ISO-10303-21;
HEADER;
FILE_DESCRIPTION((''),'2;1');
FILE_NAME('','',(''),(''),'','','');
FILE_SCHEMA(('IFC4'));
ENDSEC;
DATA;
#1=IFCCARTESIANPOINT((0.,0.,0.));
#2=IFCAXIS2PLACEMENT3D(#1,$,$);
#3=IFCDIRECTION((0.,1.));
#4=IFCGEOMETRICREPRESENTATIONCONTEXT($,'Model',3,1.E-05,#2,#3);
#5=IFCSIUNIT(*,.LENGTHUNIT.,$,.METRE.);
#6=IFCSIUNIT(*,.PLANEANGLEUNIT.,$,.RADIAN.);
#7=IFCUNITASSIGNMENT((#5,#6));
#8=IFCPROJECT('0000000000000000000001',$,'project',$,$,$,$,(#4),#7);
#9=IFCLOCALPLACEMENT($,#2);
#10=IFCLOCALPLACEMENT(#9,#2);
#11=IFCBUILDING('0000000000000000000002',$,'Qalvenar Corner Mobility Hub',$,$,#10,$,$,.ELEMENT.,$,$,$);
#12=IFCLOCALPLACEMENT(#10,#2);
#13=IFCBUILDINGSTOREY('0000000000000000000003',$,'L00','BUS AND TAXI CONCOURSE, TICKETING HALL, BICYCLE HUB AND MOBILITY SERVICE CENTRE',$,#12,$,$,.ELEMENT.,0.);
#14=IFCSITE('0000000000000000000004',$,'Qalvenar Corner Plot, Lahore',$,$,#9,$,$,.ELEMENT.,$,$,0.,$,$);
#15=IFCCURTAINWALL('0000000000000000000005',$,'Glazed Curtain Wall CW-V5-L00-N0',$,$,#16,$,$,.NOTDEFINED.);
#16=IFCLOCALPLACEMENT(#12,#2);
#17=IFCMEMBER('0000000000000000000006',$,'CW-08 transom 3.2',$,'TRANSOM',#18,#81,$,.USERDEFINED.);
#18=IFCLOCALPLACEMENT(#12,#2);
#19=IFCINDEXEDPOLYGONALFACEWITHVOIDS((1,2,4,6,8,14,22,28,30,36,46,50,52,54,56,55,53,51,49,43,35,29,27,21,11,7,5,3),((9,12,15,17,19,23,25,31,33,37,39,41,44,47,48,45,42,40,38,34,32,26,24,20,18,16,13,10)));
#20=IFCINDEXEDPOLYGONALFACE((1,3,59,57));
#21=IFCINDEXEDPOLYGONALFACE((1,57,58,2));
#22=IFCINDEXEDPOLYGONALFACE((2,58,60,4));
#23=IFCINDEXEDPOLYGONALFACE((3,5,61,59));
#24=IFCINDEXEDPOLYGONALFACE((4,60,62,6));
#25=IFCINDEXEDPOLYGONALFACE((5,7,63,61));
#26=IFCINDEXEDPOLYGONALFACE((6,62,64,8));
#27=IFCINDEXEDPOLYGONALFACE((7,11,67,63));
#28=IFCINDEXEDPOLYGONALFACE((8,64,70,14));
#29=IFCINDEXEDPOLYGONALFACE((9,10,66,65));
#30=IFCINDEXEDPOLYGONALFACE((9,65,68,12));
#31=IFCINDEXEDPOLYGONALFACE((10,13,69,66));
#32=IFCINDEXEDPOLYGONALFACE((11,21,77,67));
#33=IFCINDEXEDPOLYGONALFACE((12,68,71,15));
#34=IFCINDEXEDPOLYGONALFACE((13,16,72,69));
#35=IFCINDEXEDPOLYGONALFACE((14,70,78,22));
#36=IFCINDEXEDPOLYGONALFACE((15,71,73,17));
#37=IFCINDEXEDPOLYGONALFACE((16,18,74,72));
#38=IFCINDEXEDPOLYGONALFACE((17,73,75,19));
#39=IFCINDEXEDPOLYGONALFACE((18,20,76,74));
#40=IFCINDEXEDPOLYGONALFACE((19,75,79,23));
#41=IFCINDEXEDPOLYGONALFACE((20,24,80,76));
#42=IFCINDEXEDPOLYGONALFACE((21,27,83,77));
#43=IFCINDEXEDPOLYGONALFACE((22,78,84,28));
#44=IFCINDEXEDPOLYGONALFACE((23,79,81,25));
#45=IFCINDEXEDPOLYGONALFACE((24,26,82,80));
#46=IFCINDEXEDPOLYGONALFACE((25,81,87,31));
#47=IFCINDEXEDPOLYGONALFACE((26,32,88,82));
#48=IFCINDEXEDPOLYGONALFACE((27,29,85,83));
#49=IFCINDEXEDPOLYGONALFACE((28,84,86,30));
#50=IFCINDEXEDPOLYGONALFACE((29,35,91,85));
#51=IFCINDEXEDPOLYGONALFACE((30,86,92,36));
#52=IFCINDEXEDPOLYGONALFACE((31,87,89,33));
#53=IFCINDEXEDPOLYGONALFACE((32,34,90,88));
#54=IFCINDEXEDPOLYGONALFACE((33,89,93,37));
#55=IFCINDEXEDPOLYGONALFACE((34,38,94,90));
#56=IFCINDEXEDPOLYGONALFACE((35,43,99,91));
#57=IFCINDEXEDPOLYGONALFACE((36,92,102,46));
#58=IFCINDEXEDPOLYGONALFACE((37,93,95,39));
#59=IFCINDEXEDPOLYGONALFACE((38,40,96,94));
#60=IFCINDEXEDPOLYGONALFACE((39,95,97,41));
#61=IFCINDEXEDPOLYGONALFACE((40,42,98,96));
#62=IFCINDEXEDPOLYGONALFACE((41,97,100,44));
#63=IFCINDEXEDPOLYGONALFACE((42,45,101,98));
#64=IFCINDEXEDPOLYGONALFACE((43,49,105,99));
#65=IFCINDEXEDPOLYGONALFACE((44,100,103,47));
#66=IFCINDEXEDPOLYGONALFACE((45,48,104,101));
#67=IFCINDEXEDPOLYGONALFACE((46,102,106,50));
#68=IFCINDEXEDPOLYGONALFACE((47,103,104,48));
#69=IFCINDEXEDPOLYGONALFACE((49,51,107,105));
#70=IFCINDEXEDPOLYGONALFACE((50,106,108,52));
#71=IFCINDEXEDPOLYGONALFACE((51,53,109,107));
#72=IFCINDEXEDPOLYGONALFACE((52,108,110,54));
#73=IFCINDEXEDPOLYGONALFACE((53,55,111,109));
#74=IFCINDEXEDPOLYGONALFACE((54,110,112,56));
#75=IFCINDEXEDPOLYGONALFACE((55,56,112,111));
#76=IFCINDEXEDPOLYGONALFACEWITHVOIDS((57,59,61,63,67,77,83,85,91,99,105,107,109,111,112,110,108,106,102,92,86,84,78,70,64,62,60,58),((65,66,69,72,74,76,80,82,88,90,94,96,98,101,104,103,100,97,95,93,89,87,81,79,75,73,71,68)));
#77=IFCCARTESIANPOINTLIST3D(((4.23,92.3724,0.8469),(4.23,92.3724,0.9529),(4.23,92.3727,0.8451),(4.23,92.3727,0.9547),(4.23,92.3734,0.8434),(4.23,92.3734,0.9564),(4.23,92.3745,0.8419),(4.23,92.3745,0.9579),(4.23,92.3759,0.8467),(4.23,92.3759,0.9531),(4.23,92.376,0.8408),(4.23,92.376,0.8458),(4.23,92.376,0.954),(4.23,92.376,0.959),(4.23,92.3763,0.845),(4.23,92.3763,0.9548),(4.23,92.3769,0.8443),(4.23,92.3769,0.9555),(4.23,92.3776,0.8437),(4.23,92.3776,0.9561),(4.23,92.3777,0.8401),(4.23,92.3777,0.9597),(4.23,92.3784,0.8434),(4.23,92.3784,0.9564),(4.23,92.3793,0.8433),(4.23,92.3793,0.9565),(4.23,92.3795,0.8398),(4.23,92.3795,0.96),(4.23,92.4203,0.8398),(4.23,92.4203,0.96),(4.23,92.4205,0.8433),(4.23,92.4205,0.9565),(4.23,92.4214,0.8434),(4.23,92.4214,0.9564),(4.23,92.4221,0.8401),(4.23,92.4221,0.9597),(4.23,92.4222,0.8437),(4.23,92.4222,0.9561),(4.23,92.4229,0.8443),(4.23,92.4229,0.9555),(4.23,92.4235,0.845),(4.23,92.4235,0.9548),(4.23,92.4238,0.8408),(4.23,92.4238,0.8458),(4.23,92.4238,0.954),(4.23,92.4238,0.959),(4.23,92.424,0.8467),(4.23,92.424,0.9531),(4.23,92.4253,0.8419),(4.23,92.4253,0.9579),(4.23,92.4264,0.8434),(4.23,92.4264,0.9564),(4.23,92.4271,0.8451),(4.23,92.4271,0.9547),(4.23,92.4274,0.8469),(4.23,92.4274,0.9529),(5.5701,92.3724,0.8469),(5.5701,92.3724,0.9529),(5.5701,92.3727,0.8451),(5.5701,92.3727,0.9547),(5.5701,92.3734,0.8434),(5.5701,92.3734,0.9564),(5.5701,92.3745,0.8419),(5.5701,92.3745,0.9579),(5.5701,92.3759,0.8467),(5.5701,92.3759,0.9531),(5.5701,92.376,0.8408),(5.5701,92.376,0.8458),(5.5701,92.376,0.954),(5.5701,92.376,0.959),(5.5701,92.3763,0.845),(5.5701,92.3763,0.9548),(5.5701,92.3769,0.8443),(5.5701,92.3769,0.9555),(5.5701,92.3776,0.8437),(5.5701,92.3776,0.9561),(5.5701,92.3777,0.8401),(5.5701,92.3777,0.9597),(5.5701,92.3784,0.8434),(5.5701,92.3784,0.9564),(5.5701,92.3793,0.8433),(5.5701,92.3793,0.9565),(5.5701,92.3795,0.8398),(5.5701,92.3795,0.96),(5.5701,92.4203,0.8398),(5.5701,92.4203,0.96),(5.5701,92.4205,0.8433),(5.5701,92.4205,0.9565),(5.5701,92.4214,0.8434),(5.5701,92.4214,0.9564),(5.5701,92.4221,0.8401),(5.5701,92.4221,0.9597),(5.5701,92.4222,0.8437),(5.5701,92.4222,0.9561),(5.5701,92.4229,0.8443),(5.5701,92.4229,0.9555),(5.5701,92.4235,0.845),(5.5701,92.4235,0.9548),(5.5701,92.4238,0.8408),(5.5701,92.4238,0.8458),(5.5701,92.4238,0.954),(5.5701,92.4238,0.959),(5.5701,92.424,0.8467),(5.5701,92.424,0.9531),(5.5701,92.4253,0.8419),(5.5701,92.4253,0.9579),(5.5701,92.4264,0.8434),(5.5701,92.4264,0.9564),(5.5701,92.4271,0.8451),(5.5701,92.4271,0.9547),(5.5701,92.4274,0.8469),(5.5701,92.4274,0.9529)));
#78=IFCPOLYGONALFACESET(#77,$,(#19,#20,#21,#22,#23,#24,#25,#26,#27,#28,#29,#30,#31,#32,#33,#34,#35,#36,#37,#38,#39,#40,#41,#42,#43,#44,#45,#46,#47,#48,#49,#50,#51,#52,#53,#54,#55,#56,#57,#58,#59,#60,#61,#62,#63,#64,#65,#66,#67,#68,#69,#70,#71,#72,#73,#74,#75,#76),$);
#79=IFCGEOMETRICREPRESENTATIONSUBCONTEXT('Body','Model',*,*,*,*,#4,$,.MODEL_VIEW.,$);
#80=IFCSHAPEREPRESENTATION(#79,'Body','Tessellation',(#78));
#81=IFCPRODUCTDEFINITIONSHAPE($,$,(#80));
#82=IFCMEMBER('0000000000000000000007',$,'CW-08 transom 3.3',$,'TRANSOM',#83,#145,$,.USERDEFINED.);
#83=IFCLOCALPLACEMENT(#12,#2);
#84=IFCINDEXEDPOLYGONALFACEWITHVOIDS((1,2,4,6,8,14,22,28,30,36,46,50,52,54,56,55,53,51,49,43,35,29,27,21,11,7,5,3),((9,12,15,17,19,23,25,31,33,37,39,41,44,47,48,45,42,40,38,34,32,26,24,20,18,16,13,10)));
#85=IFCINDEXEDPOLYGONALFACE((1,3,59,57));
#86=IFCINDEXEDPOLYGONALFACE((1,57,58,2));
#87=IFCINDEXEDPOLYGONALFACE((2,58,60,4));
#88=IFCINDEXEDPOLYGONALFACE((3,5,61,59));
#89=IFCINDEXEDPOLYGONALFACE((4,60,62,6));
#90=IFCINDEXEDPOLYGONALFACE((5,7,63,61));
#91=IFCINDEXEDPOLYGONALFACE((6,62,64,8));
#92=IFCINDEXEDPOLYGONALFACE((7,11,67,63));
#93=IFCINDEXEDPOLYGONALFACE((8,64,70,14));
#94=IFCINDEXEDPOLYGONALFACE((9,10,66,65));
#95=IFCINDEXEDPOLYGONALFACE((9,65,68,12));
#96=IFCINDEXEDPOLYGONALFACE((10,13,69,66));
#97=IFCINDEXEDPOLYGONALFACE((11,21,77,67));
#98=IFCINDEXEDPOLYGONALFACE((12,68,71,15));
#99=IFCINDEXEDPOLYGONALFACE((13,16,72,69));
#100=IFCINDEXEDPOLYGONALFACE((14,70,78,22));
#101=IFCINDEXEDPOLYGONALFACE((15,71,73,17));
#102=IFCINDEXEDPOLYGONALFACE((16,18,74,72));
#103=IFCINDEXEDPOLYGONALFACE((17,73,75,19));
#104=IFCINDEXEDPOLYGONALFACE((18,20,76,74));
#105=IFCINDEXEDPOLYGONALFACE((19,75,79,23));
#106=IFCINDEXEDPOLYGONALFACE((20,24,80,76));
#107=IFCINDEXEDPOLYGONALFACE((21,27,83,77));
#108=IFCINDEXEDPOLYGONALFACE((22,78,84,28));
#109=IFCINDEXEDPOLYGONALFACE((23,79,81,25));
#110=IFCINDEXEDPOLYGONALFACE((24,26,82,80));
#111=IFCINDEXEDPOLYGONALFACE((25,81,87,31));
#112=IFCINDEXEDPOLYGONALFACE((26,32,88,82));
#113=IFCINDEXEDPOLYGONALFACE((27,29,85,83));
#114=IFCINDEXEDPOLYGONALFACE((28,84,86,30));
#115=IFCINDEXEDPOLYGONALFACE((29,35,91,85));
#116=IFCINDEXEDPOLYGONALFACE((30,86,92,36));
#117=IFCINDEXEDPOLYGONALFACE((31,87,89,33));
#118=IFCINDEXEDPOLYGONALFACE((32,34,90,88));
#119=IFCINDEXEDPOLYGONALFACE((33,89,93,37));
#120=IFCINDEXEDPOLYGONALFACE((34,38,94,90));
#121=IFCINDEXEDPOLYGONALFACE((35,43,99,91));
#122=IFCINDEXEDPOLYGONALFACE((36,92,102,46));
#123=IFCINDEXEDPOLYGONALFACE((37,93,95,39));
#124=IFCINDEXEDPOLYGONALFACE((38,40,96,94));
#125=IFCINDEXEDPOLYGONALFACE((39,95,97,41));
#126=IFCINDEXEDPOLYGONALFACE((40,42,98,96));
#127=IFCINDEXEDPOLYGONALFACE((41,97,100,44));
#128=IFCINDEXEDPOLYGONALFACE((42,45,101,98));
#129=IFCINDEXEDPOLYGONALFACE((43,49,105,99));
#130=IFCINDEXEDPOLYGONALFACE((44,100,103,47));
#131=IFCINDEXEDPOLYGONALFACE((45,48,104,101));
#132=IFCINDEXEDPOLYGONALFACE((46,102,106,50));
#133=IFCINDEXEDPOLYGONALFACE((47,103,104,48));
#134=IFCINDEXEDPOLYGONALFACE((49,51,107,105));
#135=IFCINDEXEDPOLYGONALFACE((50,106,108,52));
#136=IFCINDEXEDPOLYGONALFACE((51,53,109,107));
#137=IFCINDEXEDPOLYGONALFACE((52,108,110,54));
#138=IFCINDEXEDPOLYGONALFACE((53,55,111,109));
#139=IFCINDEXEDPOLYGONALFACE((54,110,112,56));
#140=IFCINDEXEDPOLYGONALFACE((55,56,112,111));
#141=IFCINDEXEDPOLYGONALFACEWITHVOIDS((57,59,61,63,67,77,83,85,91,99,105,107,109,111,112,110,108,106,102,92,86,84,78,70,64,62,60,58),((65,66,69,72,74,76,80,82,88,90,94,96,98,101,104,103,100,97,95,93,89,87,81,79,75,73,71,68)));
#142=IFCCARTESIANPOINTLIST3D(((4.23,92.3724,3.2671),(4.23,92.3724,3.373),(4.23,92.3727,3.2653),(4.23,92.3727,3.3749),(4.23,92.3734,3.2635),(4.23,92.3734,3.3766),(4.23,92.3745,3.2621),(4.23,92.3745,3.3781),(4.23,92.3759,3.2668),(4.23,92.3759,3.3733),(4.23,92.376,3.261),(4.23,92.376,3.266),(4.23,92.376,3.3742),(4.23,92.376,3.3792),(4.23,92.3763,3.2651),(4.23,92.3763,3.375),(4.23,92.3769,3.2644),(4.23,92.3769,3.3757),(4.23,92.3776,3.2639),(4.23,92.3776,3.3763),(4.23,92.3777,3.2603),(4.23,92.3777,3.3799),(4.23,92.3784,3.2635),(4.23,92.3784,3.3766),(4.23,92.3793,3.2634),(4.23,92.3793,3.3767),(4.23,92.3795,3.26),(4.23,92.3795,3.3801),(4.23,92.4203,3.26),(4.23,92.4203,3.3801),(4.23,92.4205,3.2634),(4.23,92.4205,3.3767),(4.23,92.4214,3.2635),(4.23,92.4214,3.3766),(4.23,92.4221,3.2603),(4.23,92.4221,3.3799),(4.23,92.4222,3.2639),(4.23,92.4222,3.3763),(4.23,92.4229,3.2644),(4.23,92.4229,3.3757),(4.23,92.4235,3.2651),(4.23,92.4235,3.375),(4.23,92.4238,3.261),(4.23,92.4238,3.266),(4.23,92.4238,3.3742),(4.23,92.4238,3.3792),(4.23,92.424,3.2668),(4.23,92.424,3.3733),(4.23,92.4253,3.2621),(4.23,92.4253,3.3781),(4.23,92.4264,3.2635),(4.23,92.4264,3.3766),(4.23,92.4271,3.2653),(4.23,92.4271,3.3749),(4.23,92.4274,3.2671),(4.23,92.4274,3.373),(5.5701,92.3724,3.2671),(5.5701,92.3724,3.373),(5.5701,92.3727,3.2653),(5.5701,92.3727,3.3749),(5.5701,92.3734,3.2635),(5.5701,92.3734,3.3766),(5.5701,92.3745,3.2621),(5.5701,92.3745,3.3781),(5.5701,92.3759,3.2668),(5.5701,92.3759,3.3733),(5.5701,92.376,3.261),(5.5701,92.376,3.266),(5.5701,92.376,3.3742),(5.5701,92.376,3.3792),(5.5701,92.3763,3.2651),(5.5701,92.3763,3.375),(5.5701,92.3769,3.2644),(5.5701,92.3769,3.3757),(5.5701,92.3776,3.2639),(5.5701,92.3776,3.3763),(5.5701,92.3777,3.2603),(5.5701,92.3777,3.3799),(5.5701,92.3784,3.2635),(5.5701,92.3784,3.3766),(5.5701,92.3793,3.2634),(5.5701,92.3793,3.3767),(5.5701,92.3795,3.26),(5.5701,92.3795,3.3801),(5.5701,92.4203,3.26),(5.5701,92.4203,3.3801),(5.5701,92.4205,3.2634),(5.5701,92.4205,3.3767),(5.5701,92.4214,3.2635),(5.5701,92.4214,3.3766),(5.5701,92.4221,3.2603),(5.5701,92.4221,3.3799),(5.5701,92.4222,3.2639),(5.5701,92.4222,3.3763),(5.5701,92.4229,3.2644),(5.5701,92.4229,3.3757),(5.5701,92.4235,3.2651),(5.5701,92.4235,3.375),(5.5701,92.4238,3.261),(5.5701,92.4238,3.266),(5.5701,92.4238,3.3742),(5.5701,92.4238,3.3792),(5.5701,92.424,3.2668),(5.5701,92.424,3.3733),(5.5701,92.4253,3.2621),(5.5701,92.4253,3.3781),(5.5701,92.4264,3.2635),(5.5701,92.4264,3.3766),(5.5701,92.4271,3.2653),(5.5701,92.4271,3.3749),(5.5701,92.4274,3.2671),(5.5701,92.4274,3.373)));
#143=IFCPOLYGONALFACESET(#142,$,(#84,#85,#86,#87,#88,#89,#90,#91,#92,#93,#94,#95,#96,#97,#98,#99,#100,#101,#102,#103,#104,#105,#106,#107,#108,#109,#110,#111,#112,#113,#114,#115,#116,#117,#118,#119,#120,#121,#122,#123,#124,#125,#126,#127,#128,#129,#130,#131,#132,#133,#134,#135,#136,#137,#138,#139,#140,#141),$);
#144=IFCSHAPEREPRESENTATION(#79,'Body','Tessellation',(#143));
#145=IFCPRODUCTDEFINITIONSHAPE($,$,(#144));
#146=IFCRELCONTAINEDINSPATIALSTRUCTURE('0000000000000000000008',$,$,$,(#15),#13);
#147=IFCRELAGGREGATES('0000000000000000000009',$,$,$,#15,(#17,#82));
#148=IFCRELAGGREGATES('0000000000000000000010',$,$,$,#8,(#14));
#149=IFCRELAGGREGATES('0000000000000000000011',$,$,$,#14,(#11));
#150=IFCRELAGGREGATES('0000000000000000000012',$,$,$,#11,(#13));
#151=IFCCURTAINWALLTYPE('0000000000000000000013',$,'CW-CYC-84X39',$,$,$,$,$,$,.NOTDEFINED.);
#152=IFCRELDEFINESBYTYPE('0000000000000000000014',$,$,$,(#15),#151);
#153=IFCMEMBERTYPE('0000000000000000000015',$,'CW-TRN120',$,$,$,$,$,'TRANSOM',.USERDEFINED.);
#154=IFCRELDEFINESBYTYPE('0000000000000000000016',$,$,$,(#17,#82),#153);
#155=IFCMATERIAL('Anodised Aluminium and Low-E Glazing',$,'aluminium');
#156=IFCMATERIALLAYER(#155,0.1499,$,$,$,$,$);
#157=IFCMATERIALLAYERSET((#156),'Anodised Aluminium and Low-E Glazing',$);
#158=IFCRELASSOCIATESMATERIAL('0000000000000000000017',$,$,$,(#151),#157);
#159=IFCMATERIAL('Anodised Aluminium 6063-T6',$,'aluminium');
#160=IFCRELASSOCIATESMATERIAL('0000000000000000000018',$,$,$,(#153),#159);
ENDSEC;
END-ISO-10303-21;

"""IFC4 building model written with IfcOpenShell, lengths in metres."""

from ifc_helpers import new_model, si_unit, direction, frame, origin, origin_2d, place, context, subcontext, project, spatial, hollow_rectangle, extrude, material, layer, layer_set, material_profile, profile_set, type_object, element, aggregate, save


model = new_model("IFC4")

# Units and contexts
model_context = context("Model", 3, precision=1e-05, world=origin(), true_north=direction((0.0, 1.0)))
body_context = subcontext(model_context, "Body", "Model", "MODEL_VIEW")
ifc_project = project(units=[si_unit("LENGTHUNIT", "METRE"), si_unit("PLANEANGLEUNIT", "RADIAN")], contexts=[model_context])

# Site, building, storey
site_placement = place(None, origin())
site = spatial("IfcSite", under=ifc_project, at=site_placement, Name="Qalvenar Corner Plot, Lahore", CompositionType="ELEMENT", RefElevation=0.0)
building_placement = place(site_placement, origin())
building = spatial("IfcBuilding", under=site, at=building_placement, Name="Qalvenar Corner Mobility Hub", CompositionType="ELEMENT")
storey_placement = place(building_placement, origin())
storey = spatial("IfcBuildingStorey", under=building, at=storey_placement, Name="L00", Description="BUS AND TAXI CONCOURSE, TICKETING HALL, BICYCLE HUB AND MOBILITY SERVICE CENTRE", CompositionType="ELEMENT", Elevation=0.0)

# Curtain wall, members
ifc_material_1 = material(Name="Anodised Aluminium and Low-E Glazing", Category="aluminium")
ifc_layer_1 = layer(ifc_material_1, 0.1499)
ifc_layer_set_1 = layer_set([ifc_layer_1], Name="Anodised Aluminium and Low-E Glazing")
curtain_wall_type = type_object("IfcCurtainWallType", Name="CW-CYC-84X39", PredefinedType="NOTDEFINED", material=ifc_layer_set_1)
curtain_wall_placement = place(storey_placement, origin())
curtain_wall = element("IfcCurtainWall", 1, at=curtain_wall_placement, inside=storey, type_object=curtain_wall_type, Name="Glazed Curtain Wall CW-V5-L00-N0", PredefinedType="NOTDEFINED")
ifc_material_2 = material(Name="Anodised Aluminium 6063-T6", Category="aluminium")
ifc_material_profile_1 = material_profile(ifc_material_2, hollow_rectangle(XDim=0.0549, YDim=0.1201, WallThickness=0.0034, InnerFilletRadius=0.0034, OuterFilletRadius=0.0071, at=origin_2d()), Name="RHS120x55x3.5")
ifc_profile_set_1 = profile_set([ifc_material_profile_1], Name="Anodised Aluminium 6063-T6")
member_type_1 = type_object("IfcMemberType", Name="CW-TRN120", ElementType="TRANSOM", PredefinedType="USERDEFINED", material=ifc_profile_set_1)
member_1_placement = place(storey_placement, frame((5.5701, 92.3999, 0.8999), z_axis=(-1.0, 0.0, 0.0), x_axis=(0.0, -1.0, 0.0)))
member_1 = element("IfcMember", 2, at=member_1_placement, type_object=member_type_1, Name="CW-08 transom 3.2", ObjectType="TRANSOM", PredefinedType="USERDEFINED", context=body_context, shape_type="SweptSolid", body=[
    extrude(hollow_rectangle(XDim=0.0549, YDim=0.1201, WallThickness=0.0034, InnerFilletRadius=0.0034, OuterFilletRadius=0.0071, at=origin_2d()), origin(), (0.0, 0.0, 1.0), 1.3401),
])
member_2_placement = place(storey_placement, frame((5.5701, 92.3999, 3.3201), z_axis=(-1.0, 0.0, 0.0), x_axis=(0.0, -1.0, 0.0)))
member_2 = element("IfcMember", 3, at=member_2_placement, type_object=member_type_1, Name="CW-08 transom 3.3", ObjectType="TRANSOM", PredefinedType="USERDEFINED", context=body_context, shape_type="SweptSolid", body=[
    extrude(hollow_rectangle(XDim=0.0549, YDim=0.1201, WallThickness=0.0034, InnerFilletRadius=0.0034, OuterFilletRadius=0.0071, at=origin_2d()), origin(), (0.0, 0.0, 1.0), 1.3401),
])
aggregate(curtain_wall, [member_1, member_2])

save(model, "model.ifc")
